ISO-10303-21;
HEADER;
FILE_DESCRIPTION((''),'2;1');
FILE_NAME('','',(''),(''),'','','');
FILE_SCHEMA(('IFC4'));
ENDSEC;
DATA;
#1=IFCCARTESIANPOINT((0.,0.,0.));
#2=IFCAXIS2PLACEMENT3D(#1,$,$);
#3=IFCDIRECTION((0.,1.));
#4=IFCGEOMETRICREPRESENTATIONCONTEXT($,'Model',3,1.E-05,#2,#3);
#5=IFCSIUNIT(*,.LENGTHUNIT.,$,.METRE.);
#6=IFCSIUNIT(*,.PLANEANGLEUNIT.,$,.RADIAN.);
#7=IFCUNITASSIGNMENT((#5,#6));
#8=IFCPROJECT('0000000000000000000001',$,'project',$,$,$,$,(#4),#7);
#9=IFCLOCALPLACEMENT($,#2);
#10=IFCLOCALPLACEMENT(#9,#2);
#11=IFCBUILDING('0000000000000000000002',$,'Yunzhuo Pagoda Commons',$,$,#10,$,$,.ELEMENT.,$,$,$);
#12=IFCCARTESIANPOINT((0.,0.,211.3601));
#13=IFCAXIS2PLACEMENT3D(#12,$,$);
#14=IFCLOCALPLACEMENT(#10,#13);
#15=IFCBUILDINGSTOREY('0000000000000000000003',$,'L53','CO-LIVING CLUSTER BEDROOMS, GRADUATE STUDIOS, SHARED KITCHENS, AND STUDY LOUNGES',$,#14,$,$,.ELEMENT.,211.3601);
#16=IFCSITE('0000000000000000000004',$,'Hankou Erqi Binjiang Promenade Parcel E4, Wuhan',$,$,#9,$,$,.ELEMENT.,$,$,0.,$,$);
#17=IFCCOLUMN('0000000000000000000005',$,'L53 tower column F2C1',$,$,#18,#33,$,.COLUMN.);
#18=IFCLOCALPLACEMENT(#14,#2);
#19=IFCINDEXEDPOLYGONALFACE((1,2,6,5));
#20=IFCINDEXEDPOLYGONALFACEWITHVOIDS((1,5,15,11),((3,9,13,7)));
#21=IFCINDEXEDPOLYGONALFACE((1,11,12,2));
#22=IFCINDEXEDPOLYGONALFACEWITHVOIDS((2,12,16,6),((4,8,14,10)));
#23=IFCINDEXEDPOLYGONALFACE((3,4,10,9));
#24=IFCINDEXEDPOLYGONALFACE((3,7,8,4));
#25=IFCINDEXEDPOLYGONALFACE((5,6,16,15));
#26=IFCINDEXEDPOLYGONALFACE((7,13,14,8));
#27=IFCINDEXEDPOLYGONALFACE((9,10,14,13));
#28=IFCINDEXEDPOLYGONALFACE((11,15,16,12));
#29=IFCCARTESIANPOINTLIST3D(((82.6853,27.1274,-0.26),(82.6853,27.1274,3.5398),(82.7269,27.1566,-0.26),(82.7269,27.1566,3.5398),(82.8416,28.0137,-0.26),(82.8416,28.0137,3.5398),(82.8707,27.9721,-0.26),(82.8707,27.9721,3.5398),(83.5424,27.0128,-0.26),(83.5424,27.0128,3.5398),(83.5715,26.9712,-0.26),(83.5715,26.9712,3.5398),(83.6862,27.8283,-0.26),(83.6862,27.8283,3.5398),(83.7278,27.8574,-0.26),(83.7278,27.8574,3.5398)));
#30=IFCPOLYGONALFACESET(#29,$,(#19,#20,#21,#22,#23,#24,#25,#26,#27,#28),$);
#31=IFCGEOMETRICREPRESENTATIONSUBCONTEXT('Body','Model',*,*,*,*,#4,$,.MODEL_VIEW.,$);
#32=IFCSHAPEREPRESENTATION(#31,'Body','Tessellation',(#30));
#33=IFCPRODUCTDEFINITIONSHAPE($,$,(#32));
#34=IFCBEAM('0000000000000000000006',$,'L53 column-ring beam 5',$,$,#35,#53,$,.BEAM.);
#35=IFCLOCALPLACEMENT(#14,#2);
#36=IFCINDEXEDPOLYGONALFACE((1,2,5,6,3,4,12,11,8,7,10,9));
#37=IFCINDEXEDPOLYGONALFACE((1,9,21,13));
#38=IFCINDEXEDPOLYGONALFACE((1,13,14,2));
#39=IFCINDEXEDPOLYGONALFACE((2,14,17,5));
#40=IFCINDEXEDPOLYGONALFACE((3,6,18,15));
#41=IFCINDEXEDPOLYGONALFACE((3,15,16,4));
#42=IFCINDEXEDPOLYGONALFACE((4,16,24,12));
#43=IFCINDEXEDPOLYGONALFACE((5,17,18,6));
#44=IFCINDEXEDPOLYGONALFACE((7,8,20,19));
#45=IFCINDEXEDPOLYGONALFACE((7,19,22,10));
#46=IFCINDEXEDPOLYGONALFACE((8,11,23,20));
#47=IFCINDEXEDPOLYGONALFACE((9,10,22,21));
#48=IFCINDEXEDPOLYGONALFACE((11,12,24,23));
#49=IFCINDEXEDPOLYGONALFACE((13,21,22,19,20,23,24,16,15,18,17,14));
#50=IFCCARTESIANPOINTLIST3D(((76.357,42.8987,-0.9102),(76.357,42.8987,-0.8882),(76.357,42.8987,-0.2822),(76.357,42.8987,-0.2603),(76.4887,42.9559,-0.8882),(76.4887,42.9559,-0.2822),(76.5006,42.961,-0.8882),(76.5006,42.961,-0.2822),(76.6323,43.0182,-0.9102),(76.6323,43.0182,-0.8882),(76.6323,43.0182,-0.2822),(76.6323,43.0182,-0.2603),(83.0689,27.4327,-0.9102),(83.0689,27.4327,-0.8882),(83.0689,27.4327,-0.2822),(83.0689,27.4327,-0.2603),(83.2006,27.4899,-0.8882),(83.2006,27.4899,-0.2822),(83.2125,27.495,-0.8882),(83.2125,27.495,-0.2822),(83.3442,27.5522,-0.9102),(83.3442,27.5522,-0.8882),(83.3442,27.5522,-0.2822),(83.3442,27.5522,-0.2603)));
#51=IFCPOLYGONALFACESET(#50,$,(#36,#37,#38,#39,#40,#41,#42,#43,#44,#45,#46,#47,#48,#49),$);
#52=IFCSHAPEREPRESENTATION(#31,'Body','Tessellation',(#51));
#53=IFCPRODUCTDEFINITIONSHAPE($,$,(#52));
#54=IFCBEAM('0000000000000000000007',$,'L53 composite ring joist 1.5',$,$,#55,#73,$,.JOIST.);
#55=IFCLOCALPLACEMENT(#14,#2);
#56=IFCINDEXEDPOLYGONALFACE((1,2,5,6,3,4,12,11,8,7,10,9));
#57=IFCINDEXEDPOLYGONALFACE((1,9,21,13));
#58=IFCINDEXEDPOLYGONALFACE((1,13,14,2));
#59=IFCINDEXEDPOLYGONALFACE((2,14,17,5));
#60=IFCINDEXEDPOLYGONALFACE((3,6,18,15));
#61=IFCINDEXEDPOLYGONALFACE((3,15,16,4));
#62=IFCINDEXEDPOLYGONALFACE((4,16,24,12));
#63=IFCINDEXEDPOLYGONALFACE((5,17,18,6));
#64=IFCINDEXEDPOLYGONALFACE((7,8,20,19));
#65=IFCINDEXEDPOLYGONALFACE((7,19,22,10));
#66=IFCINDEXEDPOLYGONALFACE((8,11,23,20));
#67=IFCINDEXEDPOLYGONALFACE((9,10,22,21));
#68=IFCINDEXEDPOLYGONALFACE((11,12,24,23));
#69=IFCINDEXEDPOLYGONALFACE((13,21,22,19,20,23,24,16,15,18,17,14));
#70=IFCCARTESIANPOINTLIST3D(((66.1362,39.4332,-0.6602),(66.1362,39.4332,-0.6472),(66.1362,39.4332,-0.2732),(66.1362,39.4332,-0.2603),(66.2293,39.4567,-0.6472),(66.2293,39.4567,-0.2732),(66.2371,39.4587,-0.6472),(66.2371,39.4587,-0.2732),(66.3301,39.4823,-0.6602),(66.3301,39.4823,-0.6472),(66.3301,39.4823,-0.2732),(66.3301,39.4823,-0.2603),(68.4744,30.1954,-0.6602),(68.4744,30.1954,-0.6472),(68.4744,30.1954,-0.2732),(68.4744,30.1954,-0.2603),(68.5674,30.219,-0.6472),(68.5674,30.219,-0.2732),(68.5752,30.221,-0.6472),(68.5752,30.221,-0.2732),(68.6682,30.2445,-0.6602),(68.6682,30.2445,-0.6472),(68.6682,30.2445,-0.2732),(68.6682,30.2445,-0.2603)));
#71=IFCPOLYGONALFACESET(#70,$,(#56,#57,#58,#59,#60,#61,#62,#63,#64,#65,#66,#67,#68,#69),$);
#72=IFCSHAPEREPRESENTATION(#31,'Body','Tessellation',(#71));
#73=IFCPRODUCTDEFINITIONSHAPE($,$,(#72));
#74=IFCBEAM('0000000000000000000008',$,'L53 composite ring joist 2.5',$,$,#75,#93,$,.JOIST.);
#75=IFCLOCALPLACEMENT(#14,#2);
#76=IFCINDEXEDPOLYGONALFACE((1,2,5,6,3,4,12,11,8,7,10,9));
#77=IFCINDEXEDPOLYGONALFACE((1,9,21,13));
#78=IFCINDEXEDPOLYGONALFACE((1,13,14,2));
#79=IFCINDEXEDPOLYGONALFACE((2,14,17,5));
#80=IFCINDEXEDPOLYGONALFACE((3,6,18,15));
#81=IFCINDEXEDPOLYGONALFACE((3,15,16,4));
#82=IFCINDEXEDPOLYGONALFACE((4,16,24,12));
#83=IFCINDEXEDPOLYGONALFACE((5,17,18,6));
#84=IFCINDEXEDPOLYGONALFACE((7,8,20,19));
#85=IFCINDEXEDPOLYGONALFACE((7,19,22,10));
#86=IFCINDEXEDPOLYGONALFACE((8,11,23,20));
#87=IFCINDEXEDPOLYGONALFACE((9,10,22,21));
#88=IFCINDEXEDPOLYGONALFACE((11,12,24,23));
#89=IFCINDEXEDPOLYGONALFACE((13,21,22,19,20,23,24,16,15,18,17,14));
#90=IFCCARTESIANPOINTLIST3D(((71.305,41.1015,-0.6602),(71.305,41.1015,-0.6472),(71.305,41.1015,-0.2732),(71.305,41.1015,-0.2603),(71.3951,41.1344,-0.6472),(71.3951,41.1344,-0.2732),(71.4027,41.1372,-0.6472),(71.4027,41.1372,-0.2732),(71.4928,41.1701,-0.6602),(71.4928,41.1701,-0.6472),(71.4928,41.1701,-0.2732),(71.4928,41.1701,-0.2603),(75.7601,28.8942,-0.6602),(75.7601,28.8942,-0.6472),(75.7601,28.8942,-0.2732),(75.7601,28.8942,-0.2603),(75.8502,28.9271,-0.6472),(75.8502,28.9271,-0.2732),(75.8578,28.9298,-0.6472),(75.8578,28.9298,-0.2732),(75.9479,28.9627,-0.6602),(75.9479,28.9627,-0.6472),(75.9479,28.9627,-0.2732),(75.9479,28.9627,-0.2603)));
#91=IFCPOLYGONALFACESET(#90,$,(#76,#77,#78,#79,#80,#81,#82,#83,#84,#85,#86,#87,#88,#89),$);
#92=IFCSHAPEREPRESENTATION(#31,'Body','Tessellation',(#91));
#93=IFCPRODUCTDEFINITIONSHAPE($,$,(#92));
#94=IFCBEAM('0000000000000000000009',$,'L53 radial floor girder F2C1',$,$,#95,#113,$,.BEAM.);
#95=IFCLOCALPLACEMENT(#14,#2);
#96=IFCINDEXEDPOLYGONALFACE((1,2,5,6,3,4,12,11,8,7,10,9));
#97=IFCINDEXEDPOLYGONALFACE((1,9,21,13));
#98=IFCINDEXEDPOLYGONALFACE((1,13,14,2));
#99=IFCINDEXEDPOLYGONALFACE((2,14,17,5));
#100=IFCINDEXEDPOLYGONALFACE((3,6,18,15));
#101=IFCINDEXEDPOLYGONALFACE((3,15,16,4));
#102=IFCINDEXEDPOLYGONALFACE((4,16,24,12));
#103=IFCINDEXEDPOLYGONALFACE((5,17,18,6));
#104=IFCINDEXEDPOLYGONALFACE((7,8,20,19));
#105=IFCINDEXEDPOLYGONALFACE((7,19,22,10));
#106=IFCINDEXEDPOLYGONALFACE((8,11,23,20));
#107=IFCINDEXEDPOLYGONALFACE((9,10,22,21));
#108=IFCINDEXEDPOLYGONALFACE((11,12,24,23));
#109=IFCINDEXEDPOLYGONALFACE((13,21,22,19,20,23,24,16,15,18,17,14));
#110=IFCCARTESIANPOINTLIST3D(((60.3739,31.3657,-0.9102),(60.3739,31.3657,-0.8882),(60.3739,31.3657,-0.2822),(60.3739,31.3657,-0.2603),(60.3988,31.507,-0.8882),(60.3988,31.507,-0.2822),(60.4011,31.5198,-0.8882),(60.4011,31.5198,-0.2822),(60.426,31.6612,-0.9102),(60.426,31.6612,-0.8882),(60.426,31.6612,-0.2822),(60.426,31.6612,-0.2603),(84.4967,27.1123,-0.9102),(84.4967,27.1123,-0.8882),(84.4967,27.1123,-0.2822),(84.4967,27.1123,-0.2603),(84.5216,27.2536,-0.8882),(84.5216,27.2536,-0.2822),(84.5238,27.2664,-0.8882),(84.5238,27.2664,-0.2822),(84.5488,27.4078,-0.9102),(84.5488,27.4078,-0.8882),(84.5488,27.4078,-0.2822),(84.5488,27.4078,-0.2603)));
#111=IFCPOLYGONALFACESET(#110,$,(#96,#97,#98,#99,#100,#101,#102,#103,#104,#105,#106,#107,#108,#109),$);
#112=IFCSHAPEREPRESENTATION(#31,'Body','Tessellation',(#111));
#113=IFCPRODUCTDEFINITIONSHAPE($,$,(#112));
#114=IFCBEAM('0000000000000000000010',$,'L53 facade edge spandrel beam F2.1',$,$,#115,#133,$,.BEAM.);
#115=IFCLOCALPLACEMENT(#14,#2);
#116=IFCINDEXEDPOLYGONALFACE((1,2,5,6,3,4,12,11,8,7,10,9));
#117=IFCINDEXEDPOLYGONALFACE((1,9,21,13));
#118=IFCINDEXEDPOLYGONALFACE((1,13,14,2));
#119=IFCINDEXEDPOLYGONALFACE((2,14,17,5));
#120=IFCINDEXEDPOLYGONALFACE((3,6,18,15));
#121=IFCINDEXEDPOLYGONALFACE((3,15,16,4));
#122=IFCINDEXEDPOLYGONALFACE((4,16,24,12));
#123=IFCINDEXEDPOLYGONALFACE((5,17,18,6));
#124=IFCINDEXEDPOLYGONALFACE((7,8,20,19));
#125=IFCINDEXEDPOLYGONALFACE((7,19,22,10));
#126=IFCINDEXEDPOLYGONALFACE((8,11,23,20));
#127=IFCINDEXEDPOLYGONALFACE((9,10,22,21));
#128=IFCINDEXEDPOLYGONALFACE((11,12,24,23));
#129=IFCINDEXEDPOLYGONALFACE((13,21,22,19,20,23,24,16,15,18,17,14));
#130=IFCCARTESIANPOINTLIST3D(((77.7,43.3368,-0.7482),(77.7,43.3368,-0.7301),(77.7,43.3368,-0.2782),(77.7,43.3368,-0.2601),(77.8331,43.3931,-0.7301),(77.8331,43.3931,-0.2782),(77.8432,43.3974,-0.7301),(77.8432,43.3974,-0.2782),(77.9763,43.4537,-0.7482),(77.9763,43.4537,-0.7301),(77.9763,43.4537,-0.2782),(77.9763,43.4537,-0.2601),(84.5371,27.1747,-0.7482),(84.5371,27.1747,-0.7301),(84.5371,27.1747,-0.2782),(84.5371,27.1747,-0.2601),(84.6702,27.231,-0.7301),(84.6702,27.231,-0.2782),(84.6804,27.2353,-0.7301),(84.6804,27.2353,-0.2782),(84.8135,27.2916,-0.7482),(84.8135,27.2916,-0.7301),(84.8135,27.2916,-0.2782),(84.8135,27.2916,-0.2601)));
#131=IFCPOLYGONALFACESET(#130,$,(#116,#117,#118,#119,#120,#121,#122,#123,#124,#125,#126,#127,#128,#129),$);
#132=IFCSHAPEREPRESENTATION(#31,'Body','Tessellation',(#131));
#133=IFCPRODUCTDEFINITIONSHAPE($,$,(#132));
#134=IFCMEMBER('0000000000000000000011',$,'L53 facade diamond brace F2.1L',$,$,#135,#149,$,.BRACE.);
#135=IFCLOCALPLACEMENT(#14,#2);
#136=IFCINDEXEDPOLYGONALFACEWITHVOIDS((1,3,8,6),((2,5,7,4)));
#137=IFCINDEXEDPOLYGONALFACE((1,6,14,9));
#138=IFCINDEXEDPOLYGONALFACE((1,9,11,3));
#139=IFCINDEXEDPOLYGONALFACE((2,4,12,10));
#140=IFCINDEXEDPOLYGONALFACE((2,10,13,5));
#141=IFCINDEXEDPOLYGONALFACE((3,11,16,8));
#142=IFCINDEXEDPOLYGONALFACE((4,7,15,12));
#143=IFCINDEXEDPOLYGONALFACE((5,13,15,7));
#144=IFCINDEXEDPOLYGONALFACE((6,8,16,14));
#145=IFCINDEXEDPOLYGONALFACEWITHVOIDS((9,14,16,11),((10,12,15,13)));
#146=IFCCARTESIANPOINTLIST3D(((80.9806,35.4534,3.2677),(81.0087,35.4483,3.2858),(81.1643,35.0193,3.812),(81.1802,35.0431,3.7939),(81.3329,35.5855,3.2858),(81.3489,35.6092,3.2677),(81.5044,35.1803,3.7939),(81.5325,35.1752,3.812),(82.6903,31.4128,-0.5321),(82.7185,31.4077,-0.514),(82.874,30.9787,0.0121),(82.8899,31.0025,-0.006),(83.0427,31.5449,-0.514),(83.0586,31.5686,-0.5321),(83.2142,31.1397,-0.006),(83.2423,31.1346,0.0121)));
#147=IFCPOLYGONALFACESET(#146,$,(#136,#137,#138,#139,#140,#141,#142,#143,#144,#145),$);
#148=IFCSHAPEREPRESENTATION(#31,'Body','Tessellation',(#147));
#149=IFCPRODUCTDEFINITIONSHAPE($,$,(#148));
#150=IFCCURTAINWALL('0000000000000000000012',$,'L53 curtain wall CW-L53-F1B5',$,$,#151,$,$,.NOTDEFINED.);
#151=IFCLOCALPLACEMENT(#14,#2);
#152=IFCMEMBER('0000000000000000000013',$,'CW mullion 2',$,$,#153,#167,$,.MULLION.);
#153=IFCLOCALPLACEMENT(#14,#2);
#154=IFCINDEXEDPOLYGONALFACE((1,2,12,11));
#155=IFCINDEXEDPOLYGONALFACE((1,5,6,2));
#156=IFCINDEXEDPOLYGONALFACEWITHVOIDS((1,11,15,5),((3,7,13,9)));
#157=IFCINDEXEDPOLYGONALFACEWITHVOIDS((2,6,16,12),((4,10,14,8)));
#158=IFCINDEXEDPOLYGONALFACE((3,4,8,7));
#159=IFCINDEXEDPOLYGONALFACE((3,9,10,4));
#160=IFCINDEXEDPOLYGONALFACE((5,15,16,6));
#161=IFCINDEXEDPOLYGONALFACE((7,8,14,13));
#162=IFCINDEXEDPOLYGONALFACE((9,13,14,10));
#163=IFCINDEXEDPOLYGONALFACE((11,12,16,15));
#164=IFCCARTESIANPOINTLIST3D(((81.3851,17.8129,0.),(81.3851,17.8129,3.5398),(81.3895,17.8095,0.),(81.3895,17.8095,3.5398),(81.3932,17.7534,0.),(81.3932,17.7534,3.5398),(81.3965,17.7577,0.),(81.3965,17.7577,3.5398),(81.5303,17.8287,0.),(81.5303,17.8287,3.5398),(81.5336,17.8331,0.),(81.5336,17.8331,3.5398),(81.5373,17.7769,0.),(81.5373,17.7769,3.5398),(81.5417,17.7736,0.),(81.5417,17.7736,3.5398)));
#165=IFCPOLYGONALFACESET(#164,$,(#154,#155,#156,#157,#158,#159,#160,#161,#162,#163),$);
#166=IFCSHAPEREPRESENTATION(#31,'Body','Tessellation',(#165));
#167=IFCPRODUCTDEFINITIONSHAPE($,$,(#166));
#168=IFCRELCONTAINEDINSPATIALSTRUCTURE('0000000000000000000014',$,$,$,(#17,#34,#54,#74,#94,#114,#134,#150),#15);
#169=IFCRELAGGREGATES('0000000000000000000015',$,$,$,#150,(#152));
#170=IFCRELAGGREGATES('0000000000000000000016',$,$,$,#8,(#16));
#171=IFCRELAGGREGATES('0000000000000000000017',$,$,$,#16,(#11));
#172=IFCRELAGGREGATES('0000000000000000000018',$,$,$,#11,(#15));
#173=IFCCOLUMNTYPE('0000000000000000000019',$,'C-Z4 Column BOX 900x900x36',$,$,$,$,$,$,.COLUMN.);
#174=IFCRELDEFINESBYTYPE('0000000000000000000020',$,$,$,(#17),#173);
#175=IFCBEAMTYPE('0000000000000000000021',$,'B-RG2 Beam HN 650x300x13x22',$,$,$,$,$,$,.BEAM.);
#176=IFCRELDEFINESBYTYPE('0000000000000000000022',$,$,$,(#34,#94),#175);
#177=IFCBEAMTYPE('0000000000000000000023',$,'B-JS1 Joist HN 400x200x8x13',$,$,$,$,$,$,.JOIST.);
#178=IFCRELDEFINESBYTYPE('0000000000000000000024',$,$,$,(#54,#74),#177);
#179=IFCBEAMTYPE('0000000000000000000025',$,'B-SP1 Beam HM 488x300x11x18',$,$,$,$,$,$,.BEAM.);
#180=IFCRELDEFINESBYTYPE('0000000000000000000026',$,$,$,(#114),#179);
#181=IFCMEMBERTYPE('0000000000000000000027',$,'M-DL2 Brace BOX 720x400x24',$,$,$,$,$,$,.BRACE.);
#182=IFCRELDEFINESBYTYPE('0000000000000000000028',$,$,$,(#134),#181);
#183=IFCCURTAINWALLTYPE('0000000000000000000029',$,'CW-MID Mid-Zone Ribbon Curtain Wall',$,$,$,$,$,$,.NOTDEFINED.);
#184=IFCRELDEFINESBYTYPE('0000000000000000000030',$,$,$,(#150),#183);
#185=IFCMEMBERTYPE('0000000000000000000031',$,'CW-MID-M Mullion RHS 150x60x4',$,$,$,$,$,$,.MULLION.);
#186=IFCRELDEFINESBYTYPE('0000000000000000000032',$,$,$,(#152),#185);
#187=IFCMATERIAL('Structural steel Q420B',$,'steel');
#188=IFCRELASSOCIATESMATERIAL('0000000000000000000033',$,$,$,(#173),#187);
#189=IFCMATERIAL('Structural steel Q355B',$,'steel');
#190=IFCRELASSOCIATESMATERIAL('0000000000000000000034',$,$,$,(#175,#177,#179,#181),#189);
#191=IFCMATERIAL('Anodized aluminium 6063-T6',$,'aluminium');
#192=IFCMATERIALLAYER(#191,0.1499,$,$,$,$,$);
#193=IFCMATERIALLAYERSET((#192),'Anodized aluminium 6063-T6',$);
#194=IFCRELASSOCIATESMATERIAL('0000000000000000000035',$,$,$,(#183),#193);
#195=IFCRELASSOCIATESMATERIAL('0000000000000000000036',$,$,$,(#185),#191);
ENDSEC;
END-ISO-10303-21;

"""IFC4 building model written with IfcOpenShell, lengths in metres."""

from ifc_helpers import new_model, si_unit, direction, frame, origin, origin_2d, place, context, subcontext, project, spatial, hollow_rectangle, i_section, extrude, source, transform, mapped, material, layer, layer_set, material_profile, profile_set, type_object, element, aggregate, save


model = new_model("IFC4")

# Units and contexts
model_context = context("Model", 3, precision=1e-05, world=origin(), true_north=direction((0.0, 1.0)))
body_context = subcontext(model_context, "Body", "Model", "MODEL_VIEW")
ifc_project = project(units=[si_unit("LENGTHUNIT", "METRE"), si_unit("PLANEANGLEUNIT", "RADIAN")], contexts=[model_context])

# Site, building, storey
site_placement = place(None, origin())
site = spatial("IfcSite", under=ifc_project, at=site_placement, Name="Hankou Erqi Binjiang Promenade Parcel E4, Wuhan", CompositionType="ELEMENT", RefElevation=0.0)
building_placement = place(site_placement, origin())
building = spatial("IfcBuilding", under=site, at=building_placement, Name="Yunzhuo Pagoda Commons", CompositionType="ELEMENT")
storey_placement = place(building_placement, frame((0.0, 0.0, 211.3601)))
storey = spatial("IfcBuildingStorey", under=building, at=storey_placement, Name="L53", Description="CO-LIVING CLUSTER BEDROOMS, GRADUATE STUDIOS, SHARED KITCHENS, AND STUDY LOUNGES", CompositionType="ELEMENT", Elevation=211.3601)

# Column
ifc_material_1 = material(Name="Structural steel Q420B", Category="steel")
ifc_material_profile_1 = material_profile(ifc_material_1, hollow_rectangle(XDim=0.8999, YDim=0.8999, WallThickness=0.0359, at=origin_2d()), Name="Structural steel Q420B")
ifc_profile_set_1 = profile_set([ifc_material_profile_1], Name="Structural steel Q420B")
column_type = type_object("IfcColumnType", Name="C-Z4 Column BOX 900x900x36", PredefinedType="COLUMN", material=ifc_profile_set_1)
shared_shape_1 = source(origin(), body_context, "Body", "SweptSolid", [
    extrude(hollow_rectangle(XDim=0.8999, YDim=0.8999, WallThickness=0.0359, at=origin_2d()), origin(), (0.0, 0.0, 1.0), 3.7998),
])
column_placement = place(storey_placement, frame((83.2065, 27.4924, -0.26), z_axis=(0.0, 0.0, 1.0), x_axis=(0.173648, 0.984808, 0.0)))
element("IfcColumn", 1, at=column_placement, inside=storey, type_object=column_type, Name="L53 tower column F2C1", PredefinedType="COLUMN", context=body_context, shape_type="MappedRepresentation", body=[
    mapped(shared_shape_1, transform((0.0, 0.0, 0.0), scale=1.0)),
])

# Beams
ifc_material_2 = material(Name="Structural steel Q355B", Category="steel")
ifc_material_profile_2 = material_profile(ifc_material_2, i_section(OverallWidth=0.3, OverallDepth=0.6499, WebThickness=0.0129, FlangeThickness=0.022, at=origin_2d()), Name="Structural steel Q355B")
ifc_profile_set_2 = profile_set([ifc_material_profile_2], Name="Structural steel Q355B")
beam_type_1 = type_object("IfcBeamType", Name="B-RG2 Beam HN 650x300x13x22", PredefinedType="BEAM", material=ifc_profile_set_2)
shared_shape_2 = source(origin(), body_context, "Body", "SweptSolid", [
    extrude(i_section(OverallWidth=0.3, OverallDepth=0.6499, WebThickness=0.0129, FlangeThickness=0.022, at=origin_2d()), origin(), (0.0, 0.0, 1.0), 16.8596),
])
beam_1_placement = place(storey_placement, frame((83.2065, 27.4924, -0.5852), z_axis=(-0.398104, 0.91734, 0.0), x_axis=(-0.91734, -0.398104, 0.0)))
element("IfcBeam", 2, at=beam_1_placement, inside=storey, type_object=beam_type_1, Name="L53 column-ring beam 5", PredefinedType="BEAM", context=body_context, shape_type="MappedRepresentation", body=[
    mapped(shared_shape_2, transform((0.0, 0.0, 0.0), scale=1.0)),
])
ifc_material_profile_3 = material_profile(ifc_material_2, i_section(OverallWidth=0.2, OverallDepth=0.3999, WebThickness=0.0081, FlangeThickness=0.0129, at=origin_2d()), Name="Structural steel Q355B")
ifc_profile_set_3 = profile_set([ifc_material_profile_3], Name="Structural steel Q355B")
beam_type_2 = type_object("IfcBeamType", Name="B-JS1 Joist HN 400x200x8x13", PredefinedType="JOIST", material=ifc_profile_set_3)
shared_shape_3 = source(origin(), body_context, "Body", "SweptSolid", [
    extrude(i_section(OverallWidth=0.2, OverallDepth=0.3999, WebThickness=0.0081, FlangeThickness=0.0129, at=origin_2d()), origin(), (0.0, 0.0, 1.0), 9.5291),
])
beam_2_placement = place(storey_placement, frame((68.5713, 30.22, -0.4602), z_axis=(-0.245368, 0.96943, 0.0), x_axis=(-0.96943, -0.245368, 0.0)))
element("IfcBeam", 3, at=beam_2_placement, inside=storey, type_object=beam_type_2, Name="L53 composite ring joist 1.5", PredefinedType="JOIST", context=body_context, shape_type="MappedRepresentation", body=[
    mapped(shared_shape_3, transform((0.0, 0.0, 0.0), scale=1.0)),
])
shared_shape_4 = source(origin(), body_context, "Body", "SweptSolid", [
    extrude(i_section(OverallWidth=0.2, OverallDepth=0.3999, WebThickness=0.0081, FlangeThickness=0.0129, at=origin_2d()), origin(), (0.0, 0.0, 1.0), 12.9949),
])
beam_3_placement = place(storey_placement, frame((75.854, 28.9285, -0.4602), z_axis=(-0.342835, 0.939396, 0.0), x_axis=(-0.939396, -0.342835, 0.0)))
element("IfcBeam", 4, at=beam_3_placement, inside=storey, type_object=beam_type_2, Name="L53 composite ring joist 2.5", PredefinedType="JOIST", context=body_context, shape_type="MappedRepresentation", body=[
    mapped(shared_shape_4, transform((0.0, 0.0, 0.0), scale=1.0)),
])
shared_shape_5 = source(origin(), body_context, "Body", "SweptSolid", [
    extrude(i_section(OverallWidth=0.3, OverallDepth=0.6499, WebThickness=0.0129, FlangeThickness=0.022, at=origin_2d()), origin(), (0.0, 0.0, 1.0), 24.4949),
])
beam_4_placement = place(storey_placement, frame((84.5227, 27.26, -0.5852), z_axis=(-0.984808, 0.173645, 0.0), x_axis=(-0.173645, -0.984808, 0.0)))
element("IfcBeam", 5, at=beam_4_placement, inside=storey, type_object=beam_type_1, Name="L53 radial floor girder F2C1", PredefinedType="BEAM", context=body_context, shape_type="MappedRepresentation", body=[
    mapped(shared_shape_5, transform((0.0, 0.0, 0.0), scale=1.0)),
])
ifc_material_profile_4 = material_profile(ifc_material_2, i_section(OverallWidth=0.3, OverallDepth=0.488, WebThickness=0.011, FlangeThickness=0.0181, at=origin_2d()), Name="Structural steel Q355B")
ifc_profile_set_4 = profile_set([ifc_material_profile_4], Name="Structural steel Q355B")
beam_type_3 = type_object("IfcBeamType", Name="B-SP1 Beam HM 488x300x11x18", PredefinedType="BEAM", material=ifc_profile_set_4)
shared_shape_6 = source(origin(), body_context, "Body", "SweptSolid", [
    extrude(i_section(OverallWidth=0.3, OverallDepth=0.488, WebThickness=0.011, FlangeThickness=0.0181, at=origin_2d()), origin(), (0.0, 0.0, 1.0), 17.5488),
])
beam_5_placement = place(storey_placement, frame((84.6753, 27.2332, -0.5042), z_axis=(-0.389608, 0.920981, 0.0), x_axis=(-0.920981, -0.389608, 0.0)))
element("IfcBeam", 6, at=beam_5_placement, inside=storey, type_object=beam_type_3, Name="L53 facade edge spandrel beam F2.1", PredefinedType="BEAM", context=body_context, shape_type="MappedRepresentation", body=[
    mapped(shared_shape_6, transform((0.0, 0.0, 0.0), scale=1.0)),
])

# Member
ifc_material_profile_5 = material_profile(ifc_material_2, hollow_rectangle(XDim=0.3999, YDim=0.72, WallThickness=0.0239, at=origin_2d()), Name="Structural steel Q355B")
ifc_profile_set_5 = profile_set([ifc_material_profile_5], Name="Structural steel Q355B")
member_type_1 = type_object("IfcMemberType", Name="M-DL2 Brace BOX 720x400x24", PredefinedType="BRACE", material=ifc_profile_set_5)
shared_shape_7 = source(origin(), body_context, "Body", "SweptSolid", [
    extrude(hollow_rectangle(XDim=0.3999, YDim=0.72, WallThickness=0.0239, at=origin_2d()), origin(), (0.0, 0.0, 1.0), 5.8042),
])
member_1_placement = place(storey_placement, frame((82.9663, 31.2737, -0.26), z_axis=(-0.294571, 0.696151, 0.654677), x_axis=(-0.920946, -0.389691, 0.0)))
element("IfcMember", 7, at=member_1_placement, inside=storey, type_object=member_type_1, Name="L53 facade diamond brace F2.1L", PredefinedType="BRACE", context=body_context, shape_type="MappedRepresentation", body=[
    mapped(shared_shape_7, transform((0.0, 0.0, 0.0), scale=1.0)),
])

# Curtain wall, member
ifc_material_3 = material(Name="Anodized aluminium 6063-T6", Category="aluminium")
ifc_layer_1 = layer(ifc_material_3, 0.1499)
ifc_layer_set_1 = layer_set([ifc_layer_1], Name="Anodized aluminium 6063-T6")
curtain_wall_type = type_object("IfcCurtainWallType", Name="CW-MID Mid-Zone Ribbon Curtain Wall", PredefinedType="NOTDEFINED", material=ifc_layer_set_1)
curtain_wall_1_placement = place(storey_placement, origin())
curtain_wall_1 = element("IfcCurtainWall", 8, at=curtain_wall_1_placement, inside=storey, type_object=curtain_wall_type, Name="L53 curtain wall CW-L53-F1B5", PredefinedType="NOTDEFINED")
ifc_material_profile_6 = material_profile(ifc_material_3, hollow_rectangle(XDim=0.0601, YDim=0.1499, WallThickness=0.0039, at=origin_2d()), Name="Anodized aluminium 6063-T6")
ifc_profile_set_6 = profile_set([ifc_material_profile_6], Name="Anodized aluminium 6063-T6")
member_type_2 = type_object("IfcMemberType", Name="CW-MID-M Mullion RHS 150x60x4", PredefinedType="MULLION", material=ifc_profile_set_6)
shared_shape_8 = source(origin(), body_context, "Body", "SweptSolid", [
    extrude(hollow_rectangle(XDim=0.0601, YDim=0.1499, WallThickness=0.0039, at=origin_2d()), origin(), (0.0, 0.0, 1.0), 3.5398),
])
member_2_placement = place(storey_placement, frame((81.4634, 17.7932, 0.0), z_axis=(0.0, 0.0, 1.0), x_axis=(-0.134839, 0.990867, 0.0)))
member_2 = element("IfcMember", 9, at=member_2_placement, type_object=member_type_2, Name="CW mullion 2", PredefinedType="MULLION", context=body_context, shape_type="MappedRepresentation", body=[
    mapped(shared_shape_8, transform((0.0, 0.0, 0.0), scale=1.0)),
])

aggregate(curtain_wall_1, [member_2])

save(model, "model.ifc")
